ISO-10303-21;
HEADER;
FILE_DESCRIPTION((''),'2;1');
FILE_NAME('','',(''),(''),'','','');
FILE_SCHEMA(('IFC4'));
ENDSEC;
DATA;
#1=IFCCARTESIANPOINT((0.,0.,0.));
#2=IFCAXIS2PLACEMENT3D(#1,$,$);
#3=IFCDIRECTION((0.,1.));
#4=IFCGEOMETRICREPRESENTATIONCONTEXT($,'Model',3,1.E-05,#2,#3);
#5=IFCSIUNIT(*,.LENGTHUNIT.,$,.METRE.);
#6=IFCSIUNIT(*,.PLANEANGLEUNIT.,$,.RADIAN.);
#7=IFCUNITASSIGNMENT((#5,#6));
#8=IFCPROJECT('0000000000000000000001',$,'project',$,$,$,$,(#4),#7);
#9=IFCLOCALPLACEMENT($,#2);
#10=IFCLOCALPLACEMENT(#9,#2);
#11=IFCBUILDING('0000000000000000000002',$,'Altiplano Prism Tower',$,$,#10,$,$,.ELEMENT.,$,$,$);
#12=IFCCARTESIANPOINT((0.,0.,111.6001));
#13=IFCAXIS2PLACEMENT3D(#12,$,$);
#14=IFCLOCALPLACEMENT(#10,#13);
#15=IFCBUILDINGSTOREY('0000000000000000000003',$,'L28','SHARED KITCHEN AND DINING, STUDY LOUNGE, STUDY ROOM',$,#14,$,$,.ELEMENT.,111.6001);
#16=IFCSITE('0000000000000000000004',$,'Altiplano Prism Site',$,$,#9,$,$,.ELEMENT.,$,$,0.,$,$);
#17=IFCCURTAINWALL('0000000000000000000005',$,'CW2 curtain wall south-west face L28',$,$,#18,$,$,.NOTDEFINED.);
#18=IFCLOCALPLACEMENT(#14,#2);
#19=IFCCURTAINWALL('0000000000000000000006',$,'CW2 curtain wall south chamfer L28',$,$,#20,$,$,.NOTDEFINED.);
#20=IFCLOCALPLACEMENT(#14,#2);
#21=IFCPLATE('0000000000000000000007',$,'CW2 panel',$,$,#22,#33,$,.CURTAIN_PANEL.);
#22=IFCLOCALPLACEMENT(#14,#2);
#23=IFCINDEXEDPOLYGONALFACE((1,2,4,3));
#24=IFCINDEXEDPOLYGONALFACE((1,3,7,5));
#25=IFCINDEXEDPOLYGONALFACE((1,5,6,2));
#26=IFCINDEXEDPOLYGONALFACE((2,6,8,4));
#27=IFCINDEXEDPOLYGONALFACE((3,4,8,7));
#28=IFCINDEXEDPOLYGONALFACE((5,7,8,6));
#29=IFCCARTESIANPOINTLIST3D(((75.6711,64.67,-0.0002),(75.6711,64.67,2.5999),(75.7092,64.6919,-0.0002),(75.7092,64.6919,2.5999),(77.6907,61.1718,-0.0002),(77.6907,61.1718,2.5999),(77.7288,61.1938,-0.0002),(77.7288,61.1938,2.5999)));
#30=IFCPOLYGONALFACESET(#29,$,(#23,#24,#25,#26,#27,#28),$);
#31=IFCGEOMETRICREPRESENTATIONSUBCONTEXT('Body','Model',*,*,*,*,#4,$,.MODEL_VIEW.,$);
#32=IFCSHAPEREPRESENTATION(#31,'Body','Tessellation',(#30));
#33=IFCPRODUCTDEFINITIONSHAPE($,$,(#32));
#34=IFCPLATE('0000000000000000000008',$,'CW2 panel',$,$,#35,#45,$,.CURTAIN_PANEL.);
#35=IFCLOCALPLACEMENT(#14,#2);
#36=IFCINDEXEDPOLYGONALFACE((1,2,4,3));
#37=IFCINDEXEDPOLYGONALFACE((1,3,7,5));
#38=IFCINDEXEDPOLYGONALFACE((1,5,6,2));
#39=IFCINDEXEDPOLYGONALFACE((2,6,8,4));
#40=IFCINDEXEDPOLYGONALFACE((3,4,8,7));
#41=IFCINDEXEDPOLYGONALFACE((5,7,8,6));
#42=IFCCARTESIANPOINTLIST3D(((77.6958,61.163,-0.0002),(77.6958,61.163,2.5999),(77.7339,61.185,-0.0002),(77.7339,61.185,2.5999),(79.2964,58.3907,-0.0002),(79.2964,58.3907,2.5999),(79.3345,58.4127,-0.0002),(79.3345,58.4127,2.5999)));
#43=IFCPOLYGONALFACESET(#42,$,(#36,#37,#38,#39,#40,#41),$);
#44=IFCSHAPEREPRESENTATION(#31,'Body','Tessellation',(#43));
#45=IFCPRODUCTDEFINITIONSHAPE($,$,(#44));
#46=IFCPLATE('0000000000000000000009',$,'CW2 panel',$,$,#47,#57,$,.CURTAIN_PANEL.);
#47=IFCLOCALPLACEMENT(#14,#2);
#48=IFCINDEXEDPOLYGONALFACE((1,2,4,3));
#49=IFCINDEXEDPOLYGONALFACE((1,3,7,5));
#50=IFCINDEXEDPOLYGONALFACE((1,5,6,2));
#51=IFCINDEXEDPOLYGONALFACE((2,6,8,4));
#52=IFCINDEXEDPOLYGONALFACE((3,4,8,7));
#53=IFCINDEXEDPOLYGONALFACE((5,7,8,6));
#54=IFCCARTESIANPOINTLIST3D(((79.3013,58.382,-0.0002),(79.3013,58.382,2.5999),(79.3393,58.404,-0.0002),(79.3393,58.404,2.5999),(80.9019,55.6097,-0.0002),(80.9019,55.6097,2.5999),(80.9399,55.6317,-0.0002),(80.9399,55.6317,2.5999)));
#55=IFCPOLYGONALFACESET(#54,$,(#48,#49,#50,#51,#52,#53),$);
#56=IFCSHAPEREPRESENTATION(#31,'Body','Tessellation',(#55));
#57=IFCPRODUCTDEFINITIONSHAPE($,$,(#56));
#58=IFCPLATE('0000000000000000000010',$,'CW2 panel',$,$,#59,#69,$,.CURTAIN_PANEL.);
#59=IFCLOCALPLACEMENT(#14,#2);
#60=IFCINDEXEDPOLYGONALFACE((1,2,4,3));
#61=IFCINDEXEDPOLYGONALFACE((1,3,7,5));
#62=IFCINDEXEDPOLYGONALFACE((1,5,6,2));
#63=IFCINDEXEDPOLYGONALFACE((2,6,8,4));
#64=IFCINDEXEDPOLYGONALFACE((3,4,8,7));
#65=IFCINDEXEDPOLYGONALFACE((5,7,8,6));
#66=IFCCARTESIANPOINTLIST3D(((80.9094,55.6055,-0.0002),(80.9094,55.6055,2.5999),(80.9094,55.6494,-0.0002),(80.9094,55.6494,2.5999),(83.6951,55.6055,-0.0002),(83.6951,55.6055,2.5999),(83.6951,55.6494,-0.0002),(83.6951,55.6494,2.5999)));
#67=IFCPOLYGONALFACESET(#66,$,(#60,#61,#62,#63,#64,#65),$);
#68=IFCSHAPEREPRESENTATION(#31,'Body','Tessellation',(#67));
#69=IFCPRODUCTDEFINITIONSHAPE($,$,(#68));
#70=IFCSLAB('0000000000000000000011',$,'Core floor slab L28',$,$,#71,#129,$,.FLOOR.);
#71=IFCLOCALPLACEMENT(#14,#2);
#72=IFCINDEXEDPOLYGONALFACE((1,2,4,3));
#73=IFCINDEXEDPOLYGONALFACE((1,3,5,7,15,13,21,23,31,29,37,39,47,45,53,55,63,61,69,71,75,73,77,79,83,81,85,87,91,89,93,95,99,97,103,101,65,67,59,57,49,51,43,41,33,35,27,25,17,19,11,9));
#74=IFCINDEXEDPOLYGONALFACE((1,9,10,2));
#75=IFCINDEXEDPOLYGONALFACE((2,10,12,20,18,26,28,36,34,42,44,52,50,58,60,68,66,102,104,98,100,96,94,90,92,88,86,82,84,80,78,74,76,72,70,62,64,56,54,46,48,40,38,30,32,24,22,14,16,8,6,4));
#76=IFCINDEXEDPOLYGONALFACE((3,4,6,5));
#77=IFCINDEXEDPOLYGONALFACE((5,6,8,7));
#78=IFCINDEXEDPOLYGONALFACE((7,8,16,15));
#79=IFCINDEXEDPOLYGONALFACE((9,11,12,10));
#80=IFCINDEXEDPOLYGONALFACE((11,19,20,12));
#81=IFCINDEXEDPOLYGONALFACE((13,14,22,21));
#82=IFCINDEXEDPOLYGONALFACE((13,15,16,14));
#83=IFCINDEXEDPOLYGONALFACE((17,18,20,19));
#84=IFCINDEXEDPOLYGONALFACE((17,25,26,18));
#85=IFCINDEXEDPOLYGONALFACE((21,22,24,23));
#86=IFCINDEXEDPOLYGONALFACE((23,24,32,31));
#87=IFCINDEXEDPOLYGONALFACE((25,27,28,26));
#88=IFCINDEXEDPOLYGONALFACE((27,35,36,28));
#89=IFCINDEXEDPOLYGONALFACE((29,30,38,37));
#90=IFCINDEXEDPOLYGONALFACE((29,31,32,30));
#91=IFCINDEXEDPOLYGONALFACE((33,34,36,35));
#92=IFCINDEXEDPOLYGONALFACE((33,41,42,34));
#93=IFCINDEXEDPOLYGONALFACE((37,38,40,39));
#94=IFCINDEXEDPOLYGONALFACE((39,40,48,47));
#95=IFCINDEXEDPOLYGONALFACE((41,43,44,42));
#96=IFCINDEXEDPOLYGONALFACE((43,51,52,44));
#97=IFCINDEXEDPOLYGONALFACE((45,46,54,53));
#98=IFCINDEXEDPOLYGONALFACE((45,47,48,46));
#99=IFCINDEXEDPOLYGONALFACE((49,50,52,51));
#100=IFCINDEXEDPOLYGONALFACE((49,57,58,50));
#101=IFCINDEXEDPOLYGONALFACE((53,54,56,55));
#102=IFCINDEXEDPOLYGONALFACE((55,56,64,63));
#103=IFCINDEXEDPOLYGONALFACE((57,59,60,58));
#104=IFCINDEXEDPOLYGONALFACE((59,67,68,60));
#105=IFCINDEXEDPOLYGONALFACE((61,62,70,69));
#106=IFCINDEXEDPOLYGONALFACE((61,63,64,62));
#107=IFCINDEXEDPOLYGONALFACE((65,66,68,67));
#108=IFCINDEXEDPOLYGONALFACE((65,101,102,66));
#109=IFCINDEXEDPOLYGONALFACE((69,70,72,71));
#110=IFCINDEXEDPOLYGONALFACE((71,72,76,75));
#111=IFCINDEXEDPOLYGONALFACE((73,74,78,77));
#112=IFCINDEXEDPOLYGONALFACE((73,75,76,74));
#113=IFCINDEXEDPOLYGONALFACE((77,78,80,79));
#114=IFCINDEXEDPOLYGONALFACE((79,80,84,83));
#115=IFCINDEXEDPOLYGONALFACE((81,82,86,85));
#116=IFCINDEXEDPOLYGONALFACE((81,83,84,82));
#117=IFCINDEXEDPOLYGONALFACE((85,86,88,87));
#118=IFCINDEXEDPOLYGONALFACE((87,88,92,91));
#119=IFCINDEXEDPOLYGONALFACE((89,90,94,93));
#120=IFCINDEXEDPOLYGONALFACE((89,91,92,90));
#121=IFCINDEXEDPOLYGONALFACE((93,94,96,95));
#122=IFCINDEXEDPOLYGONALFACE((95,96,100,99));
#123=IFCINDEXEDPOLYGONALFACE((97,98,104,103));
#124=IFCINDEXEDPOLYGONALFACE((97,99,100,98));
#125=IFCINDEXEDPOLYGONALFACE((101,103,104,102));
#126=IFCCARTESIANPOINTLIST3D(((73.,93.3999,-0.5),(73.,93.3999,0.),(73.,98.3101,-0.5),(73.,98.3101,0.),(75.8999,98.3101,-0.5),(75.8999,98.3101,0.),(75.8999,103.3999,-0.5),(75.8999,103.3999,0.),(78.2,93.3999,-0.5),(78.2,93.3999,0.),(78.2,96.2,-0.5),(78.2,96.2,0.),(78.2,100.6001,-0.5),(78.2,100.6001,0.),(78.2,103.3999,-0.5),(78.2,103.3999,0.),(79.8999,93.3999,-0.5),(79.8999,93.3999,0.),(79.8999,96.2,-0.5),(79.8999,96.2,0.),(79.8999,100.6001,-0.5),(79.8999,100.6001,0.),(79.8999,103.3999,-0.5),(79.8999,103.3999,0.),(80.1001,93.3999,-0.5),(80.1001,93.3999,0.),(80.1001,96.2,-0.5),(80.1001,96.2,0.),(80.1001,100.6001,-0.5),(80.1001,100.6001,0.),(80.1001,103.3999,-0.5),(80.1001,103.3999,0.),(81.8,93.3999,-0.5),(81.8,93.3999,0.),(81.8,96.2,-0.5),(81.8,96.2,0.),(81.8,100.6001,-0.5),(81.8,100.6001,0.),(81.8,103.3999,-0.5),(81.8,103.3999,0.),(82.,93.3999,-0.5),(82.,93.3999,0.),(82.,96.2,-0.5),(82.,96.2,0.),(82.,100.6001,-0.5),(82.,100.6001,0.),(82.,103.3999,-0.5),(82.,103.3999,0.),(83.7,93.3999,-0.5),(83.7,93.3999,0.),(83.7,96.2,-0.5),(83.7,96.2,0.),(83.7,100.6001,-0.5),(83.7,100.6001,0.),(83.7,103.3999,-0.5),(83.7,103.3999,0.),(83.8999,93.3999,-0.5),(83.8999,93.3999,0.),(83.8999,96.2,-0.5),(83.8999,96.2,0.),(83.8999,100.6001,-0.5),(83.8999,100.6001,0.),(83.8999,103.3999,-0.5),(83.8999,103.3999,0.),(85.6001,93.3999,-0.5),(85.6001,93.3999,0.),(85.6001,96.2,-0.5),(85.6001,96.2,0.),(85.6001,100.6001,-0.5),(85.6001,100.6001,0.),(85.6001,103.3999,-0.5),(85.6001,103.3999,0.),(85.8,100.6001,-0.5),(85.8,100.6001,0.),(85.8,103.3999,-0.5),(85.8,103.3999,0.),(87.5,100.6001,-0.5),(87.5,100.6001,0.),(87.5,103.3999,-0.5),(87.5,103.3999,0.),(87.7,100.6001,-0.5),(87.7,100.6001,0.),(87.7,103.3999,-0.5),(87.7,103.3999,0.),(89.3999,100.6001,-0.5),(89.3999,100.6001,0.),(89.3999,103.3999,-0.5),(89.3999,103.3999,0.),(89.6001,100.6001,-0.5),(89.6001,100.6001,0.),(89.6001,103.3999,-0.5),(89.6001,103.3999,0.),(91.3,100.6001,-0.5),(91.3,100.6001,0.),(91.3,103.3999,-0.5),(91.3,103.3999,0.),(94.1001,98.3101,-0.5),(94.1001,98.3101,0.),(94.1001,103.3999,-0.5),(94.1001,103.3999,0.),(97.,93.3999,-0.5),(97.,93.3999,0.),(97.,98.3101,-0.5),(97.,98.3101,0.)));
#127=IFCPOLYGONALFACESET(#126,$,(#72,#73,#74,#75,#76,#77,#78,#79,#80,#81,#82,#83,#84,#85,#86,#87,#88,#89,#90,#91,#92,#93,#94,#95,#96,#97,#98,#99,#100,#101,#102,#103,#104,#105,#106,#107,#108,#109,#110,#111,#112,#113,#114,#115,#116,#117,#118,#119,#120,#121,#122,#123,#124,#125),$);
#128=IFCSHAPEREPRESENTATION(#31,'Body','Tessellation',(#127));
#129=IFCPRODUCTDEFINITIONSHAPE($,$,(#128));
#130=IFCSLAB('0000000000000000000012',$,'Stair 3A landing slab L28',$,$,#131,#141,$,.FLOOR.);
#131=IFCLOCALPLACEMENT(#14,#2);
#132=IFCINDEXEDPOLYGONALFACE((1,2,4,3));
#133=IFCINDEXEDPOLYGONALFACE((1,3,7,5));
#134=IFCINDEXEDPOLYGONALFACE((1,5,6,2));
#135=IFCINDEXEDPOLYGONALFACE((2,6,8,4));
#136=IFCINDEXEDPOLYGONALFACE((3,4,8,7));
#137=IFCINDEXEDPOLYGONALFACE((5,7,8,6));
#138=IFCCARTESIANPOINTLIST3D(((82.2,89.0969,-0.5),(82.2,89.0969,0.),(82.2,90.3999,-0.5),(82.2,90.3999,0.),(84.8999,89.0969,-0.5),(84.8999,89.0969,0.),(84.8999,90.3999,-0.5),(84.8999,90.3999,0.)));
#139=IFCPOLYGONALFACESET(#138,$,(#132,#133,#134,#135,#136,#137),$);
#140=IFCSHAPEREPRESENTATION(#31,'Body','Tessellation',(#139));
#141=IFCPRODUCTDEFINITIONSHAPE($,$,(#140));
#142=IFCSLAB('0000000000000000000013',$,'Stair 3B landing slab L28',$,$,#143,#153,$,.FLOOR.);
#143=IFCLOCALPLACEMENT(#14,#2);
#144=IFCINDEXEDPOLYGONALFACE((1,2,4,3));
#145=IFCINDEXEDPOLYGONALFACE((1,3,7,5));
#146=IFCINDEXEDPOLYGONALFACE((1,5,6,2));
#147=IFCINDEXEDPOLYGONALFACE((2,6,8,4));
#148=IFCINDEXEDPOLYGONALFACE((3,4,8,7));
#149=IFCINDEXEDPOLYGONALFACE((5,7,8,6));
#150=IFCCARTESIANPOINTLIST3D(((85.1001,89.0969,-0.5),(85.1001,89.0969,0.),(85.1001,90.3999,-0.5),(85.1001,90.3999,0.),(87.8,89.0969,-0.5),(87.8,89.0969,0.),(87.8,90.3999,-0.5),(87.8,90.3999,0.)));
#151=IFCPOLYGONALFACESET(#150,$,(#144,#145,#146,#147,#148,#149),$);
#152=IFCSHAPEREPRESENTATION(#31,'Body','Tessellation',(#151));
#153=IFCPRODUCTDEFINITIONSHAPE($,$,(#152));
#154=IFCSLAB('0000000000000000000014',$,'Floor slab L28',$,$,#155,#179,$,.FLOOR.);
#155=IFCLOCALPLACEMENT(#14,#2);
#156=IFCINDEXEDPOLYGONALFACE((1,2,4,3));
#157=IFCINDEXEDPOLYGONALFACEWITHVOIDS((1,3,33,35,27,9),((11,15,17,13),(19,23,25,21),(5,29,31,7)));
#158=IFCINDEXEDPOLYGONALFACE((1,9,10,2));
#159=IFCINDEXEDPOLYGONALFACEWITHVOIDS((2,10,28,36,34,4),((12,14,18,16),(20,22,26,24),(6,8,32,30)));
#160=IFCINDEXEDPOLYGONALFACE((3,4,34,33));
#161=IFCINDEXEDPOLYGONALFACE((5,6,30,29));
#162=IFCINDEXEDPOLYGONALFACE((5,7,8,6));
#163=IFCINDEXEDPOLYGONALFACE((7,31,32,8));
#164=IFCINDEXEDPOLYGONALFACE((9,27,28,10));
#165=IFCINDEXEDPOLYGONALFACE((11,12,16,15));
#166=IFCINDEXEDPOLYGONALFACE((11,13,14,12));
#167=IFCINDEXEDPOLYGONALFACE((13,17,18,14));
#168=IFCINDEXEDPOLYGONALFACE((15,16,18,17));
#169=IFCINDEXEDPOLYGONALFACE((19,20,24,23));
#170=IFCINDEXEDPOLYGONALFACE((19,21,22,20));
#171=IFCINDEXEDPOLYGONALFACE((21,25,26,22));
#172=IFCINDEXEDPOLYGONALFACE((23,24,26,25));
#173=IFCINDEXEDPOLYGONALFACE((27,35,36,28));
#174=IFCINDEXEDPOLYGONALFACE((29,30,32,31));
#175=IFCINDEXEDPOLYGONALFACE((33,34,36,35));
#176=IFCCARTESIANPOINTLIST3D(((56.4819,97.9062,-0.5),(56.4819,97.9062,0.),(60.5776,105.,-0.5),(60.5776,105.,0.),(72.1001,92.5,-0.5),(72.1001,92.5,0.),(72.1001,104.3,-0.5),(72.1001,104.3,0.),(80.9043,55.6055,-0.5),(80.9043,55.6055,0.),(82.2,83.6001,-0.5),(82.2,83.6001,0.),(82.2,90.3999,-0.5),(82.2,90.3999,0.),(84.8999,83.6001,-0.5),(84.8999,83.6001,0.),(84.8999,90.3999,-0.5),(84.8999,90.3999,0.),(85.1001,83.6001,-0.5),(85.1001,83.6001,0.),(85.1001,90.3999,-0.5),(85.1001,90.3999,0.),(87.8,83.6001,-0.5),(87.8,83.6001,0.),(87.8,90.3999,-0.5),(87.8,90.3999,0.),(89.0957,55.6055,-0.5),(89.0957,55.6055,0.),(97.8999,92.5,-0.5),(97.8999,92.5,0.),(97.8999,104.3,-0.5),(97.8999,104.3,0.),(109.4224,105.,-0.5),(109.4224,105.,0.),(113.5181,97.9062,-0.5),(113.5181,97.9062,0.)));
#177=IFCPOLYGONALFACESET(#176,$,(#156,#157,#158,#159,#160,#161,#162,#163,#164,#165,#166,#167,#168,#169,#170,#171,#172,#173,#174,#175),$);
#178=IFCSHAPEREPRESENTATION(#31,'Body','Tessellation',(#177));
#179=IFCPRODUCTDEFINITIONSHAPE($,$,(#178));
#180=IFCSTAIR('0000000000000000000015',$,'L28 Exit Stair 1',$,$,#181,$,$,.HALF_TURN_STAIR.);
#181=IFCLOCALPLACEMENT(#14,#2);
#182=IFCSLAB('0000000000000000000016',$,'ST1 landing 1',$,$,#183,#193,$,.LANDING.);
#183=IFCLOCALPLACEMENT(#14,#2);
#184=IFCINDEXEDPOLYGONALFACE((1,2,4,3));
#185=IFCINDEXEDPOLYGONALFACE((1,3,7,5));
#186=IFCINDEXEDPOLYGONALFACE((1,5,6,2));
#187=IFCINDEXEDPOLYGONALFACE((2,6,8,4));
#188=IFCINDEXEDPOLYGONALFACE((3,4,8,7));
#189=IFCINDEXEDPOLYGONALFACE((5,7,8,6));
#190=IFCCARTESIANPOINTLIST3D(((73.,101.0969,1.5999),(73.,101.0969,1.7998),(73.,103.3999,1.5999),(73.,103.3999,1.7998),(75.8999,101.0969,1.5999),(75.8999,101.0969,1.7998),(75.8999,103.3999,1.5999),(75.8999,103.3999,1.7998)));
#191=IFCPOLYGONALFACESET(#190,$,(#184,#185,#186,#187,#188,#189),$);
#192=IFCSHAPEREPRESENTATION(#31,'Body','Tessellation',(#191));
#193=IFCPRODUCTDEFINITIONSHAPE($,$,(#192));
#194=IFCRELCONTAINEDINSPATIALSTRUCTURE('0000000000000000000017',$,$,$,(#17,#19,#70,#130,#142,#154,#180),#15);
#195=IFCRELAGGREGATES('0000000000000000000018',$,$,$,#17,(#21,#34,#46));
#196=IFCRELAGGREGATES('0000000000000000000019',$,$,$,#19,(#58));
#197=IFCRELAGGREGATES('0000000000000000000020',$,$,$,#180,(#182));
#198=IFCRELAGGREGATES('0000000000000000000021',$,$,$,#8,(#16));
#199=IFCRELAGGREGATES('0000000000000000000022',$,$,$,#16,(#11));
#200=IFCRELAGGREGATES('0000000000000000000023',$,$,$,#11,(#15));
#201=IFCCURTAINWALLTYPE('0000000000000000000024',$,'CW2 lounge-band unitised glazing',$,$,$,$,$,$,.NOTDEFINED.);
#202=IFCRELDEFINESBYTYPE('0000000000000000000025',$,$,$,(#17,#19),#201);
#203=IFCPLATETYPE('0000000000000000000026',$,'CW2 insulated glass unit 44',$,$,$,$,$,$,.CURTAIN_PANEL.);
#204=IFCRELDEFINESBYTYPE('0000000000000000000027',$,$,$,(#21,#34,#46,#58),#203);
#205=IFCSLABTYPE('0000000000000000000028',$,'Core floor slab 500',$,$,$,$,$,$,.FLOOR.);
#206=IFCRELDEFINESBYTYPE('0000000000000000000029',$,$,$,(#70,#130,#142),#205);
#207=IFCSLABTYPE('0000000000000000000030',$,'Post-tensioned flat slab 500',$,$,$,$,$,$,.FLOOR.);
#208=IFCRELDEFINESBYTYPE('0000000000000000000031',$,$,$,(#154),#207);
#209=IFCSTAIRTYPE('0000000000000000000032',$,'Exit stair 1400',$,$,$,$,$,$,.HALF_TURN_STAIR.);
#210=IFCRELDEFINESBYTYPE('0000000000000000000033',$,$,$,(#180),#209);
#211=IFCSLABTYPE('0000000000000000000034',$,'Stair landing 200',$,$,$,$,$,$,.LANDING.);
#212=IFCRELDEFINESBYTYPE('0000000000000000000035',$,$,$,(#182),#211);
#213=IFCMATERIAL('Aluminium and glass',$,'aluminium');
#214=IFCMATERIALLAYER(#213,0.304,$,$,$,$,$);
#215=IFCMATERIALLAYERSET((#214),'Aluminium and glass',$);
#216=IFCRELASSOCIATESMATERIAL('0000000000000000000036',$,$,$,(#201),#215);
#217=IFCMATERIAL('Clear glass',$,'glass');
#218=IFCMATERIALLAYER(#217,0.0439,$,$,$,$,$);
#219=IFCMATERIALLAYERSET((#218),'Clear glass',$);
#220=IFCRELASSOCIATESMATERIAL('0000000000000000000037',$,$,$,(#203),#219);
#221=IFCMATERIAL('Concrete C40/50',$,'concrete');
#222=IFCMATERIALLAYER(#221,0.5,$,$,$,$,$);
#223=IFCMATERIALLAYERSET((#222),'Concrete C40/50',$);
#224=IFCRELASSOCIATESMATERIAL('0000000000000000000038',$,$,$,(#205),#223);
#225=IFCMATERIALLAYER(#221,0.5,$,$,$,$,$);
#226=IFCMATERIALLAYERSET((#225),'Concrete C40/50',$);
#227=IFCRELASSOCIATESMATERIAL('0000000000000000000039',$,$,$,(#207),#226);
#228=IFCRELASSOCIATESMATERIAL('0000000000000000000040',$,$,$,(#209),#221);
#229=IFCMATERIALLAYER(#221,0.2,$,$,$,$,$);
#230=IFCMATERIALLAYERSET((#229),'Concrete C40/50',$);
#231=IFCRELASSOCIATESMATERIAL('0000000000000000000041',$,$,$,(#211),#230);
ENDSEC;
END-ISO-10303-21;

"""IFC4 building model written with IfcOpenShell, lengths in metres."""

from ifc_helpers import new_model, si_unit, direction, frame, origin, origin_2d, place, context, subcontext, project, spatial, polyline, rectangle, outline, extrude, material, layer, layer_set, type_object, element, aggregate, save


model = new_model("IFC4")

# Units and contexts
model_context = context("Model", 3, precision=1e-05, world=origin(), true_north=direction((0.0, 1.0)))
body_context = subcontext(model_context, "Body", "Model", "MODEL_VIEW")
ifc_project = project(units=[si_unit("LENGTHUNIT", "METRE"), si_unit("PLANEANGLEUNIT", "RADIAN")], contexts=[model_context])

# Site, building, storey
site_placement = place(None, origin())
site = spatial("IfcSite", under=ifc_project, at=site_placement, Name="Altiplano Prism Site", CompositionType="ELEMENT", RefElevation=0.0)
building_placement = place(site_placement, origin())
building = spatial("IfcBuilding", under=site, at=building_placement, Name="Altiplano Prism Tower", CompositionType="ELEMENT")
storey_placement = place(building_placement, frame((0.0, 0.0, 111.6001)))
storey = spatial("IfcBuildingStorey", under=building, at=storey_placement, Name="L28", Description="SHARED KITCHEN AND DINING, STUDY LOUNGE, STUDY ROOM", CompositionType="ELEMENT", Elevation=111.6001)

# Curtain wall
ifc_material_1 = material(Name="Aluminium and glass", Category="aluminium")
ifc_layer_1 = layer(ifc_material_1, 0.304)
ifc_layer_set_1 = layer_set([ifc_layer_1], Name="Aluminium and glass")
curtain_wall_type = type_object("IfcCurtainWallType", Name="CW2 lounge-band unitised glazing", PredefinedType="NOTDEFINED", material=ifc_layer_set_1)
curtain_wall_1_placement = place(storey_placement, origin())
curtain_wall_1 = element("IfcCurtainWall", 1, at=curtain_wall_1_placement, inside=storey, type_object=curtain_wall_type, Name="CW2 curtain wall south-west face L28", PredefinedType="NOTDEFINED")

# Curtain wall
curtain_wall_2_placement = place(storey_placement, origin())
curtain_wall_2 = element("IfcCurtainWall", 2, at=curtain_wall_2_placement, inside=storey, type_object=curtain_wall_type, Name="CW2 curtain wall south chamfer L28", PredefinedType="NOTDEFINED")

# Plates
ifc_material_2 = material(Name="Clear glass", Category="glass")
ifc_layer_2 = layer(ifc_material_2, 0.0439)
ifc_layer_set_2 = layer_set([ifc_layer_2], Name="Clear glass")
plate_type = type_object("IfcPlateType", Name="CW2 insulated glass unit 44", PredefinedType="CURTAIN_PANEL", material=ifc_layer_set_2)
plate_1_placement = place(storey_placement, frame((76.7, 62.9319, -0.0002), z_axis=(0.0, 0.0, 1.0), x_axis=(0.5, -0.866025, 0.0)))
plate_1 = element("IfcPlate", 3, at=plate_1_placement, type_object=plate_type, Name="CW2 panel", PredefinedType="CURTAIN_PANEL", context=body_context, shape_type="SweptSolid", body=[
    extrude(rectangle(XDim=4.0393, YDim=0.0439, at=origin_2d()), origin(), (0.0, 0.0, 1.0), 2.6001),
])
plate_2_placement = place(storey_placement, frame((78.5151, 59.7878, -0.0002), z_axis=(0.0, 0.0, 1.0), x_axis=(0.5, -0.866025, 0.0)))
plate_2 = element("IfcPlate", 4, at=plate_2_placement, type_object=plate_type, Name="CW2 panel", PredefinedType="CURTAIN_PANEL", context=body_context, shape_type="SweptSolid", body=[
    extrude(rectangle(XDim=3.2012, YDim=0.0439, at=origin_2d()), origin(), (0.0, 0.0, 1.0), 2.6001),
])
plate_3_placement = place(storey_placement, frame((80.1206, 57.0068, -0.0002), z_axis=(0.0, 0.0, 1.0), x_axis=(0.5, -0.866025, 0.0)))
plate_3 = element("IfcPlate", 5, at=plate_3_placement, type_object=plate_type, Name="CW2 panel", PredefinedType="CURTAIN_PANEL", context=body_context, shape_type="SweptSolid", body=[
    extrude(rectangle(XDim=3.2012, YDim=0.0439, at=origin_2d()), origin(), (0.0, 0.0, 1.0), 2.6001),
])
aggregate(curtain_wall_1, [plate_1, plate_2, plate_3])
plate_4_placement = place(storey_placement, frame((82.3022, 55.6274, -0.0002), z_axis=(0.0, 0.0, 1.0), x_axis=(1.0, 0.0, 0.0)))
plate_4 = element("IfcPlate", 6, at=plate_4_placement, type_object=plate_type, Name="CW2 panel", PredefinedType="CURTAIN_PANEL", context=body_context, shape_type="SweptSolid", body=[
    extrude(rectangle(XDim=2.7856, YDim=0.0439, at=origin_2d()), origin(), (0.0, 0.0, 1.0), 2.6001),
])
aggregate(curtain_wall_2, [plate_4])

# Slabs
ifc_material_3 = material(Name="Concrete C40/50", Category="concrete")
ifc_layer_3 = layer(ifc_material_3, 0.5)
ifc_layer_set_3 = layer_set([ifc_layer_3], Name="Concrete C40/50")
slab_type_1 = type_object("IfcSlabType", Name="Core floor slab 500", PredefinedType="FLOOR", material=ifc_layer_set_3)
slab_1_placement = place(storey_placement, frame((0.0, 0.0, -0.5)))
element("IfcSlab", 7, at=slab_1_placement, inside=storey, type_object=slab_type_1, Name="Core floor slab L28", PredefinedType="FLOOR", context=body_context, shape_type="SweptSolid", body=[
    extrude(outline(polyline([(97.0, 98.3101), (94.1001, 98.3101), (94.1001, 103.3999), (91.3, 103.3999), (91.3, 100.6001), (89.6001, 100.6001), (89.6001, 103.3999), (89.3999, 103.3999), (89.3999, 100.6001), (87.7, 100.6001), (87.7, 103.3999), (87.5, 103.3999), (87.5, 100.6001), (85.8, 100.6001), (85.8, 103.3999), (85.6001, 103.3999), (85.6001, 100.6001), (83.8999, 100.6001), (83.8999, 103.3999), (83.7, 103.3999), (83.7, 100.6001), (82.0, 100.6001), (82.0, 103.3999), (81.8, 103.3999), (81.8, 100.6001), (80.1001, 100.6001), (80.1001, 103.3999), (79.8999, 103.3999), (79.8999, 100.6001), (78.2, 100.6001), (78.2, 103.3999), (75.8999, 103.3999), (75.8999, 98.3101), (73.0, 98.3101), (73.0, 93.3999), (78.2, 93.3999), (78.2, 96.2), (79.8999, 96.2), (79.8999, 93.3999), (80.1001, 93.3999), (80.1001, 96.2), (81.8, 96.2), (81.8, 93.3999), (82.0, 93.3999), (82.0, 96.2), (83.7, 96.2), (83.7, 93.3999), (83.8999, 93.3999), (83.8999, 96.2), (85.6001, 96.2), (85.6001, 93.3999), (97.0, 93.3999), (97.0, 98.3101)])), origin(), (0.0, 0.0, 1.0), 0.5),
])
slab_2_placement = place(storey_placement, frame((0.0, 0.0, -0.5)))
element("IfcSlab", 8, at=slab_2_placement, inside=storey, type_object=slab_type_1, Name="Stair 3A landing slab L28", PredefinedType="FLOOR", context=body_context, shape_type="SweptSolid", body=[
    extrude(outline(polyline([(82.2, 89.0969), (84.8999, 89.0969), (84.8999, 90.3999), (82.2, 90.3999), (82.2, 89.0969)])), origin(), (0.0, 0.0, 1.0), 0.5),
])
slab_3_placement = place(storey_placement, frame((0.0, 0.0, -0.5)))
element("IfcSlab", 9, at=slab_3_placement, inside=storey, type_object=slab_type_1, Name="Stair 3B landing slab L28", PredefinedType="FLOOR", context=body_context, shape_type="SweptSolid", body=[
    extrude(outline(polyline([(85.1001, 89.0969), (87.8, 89.0969), (87.8, 90.3999), (85.1001, 90.3999), (85.1001, 89.0969)])), origin(), (0.0, 0.0, 1.0), 0.5),
])
ifc_layer_4 = layer(ifc_material_3, 0.5)
ifc_layer_set_4 = layer_set([ifc_layer_4], Name="Concrete C40/50")
slab_type_2 = type_object("IfcSlabType", Name="Post-tensioned flat slab 500", PredefinedType="FLOOR", material=ifc_layer_set_4)
slab_4_placement = place(storey_placement, frame((0.0, 0.0, -0.5)))
element("IfcSlab", 10, at=slab_4_placement, inside=storey, type_object=slab_type_2, Name="Floor slab L28", PredefinedType="FLOOR", context=body_context, shape_type="SweptSolid", body=[
    extrude(outline(polyline([(80.9043, 55.6055), (56.4819, 97.9062), (60.5776, 105.0), (109.4224, 105.0), (113.5181, 97.9062), (89.0957, 55.6055), (80.9043, 55.6055)]), holes=[polyline([(72.1001, 104.3), (72.1001, 92.5), (97.8999, 92.5), (97.8999, 104.3), (72.1001, 104.3)]), polyline([(84.8999, 90.3999), (82.2, 90.3999), (82.2, 83.6001), (84.8999, 83.6001), (84.8999, 90.3999)]), polyline([(87.8, 83.6001), (87.8, 90.3999), (85.1001, 90.3999), (85.1001, 83.6001), (87.8, 83.6001)])]), origin(), (0.0, 0.0, 1.0), 0.5),
])

# Stair, slab
stair_type_1 = type_object("IfcStairType", Name="Exit stair 1400", PredefinedType="HALF_TURN_STAIR", material=ifc_material_3)
stair_1_placement = place(storey_placement, origin())
stair_1 = element("IfcStair", 11, at=stair_1_placement, inside=storey, type_object=stair_type_1, Name="L28 Exit Stair 1", PredefinedType="HALF_TURN_STAIR")
ifc_layer_5 = layer(ifc_material_3, 0.2)
ifc_layer_set_5 = layer_set([ifc_layer_5], Name="Concrete C40/50")
slab_type_3 = type_object("IfcSlabType", Name="Stair landing 200", PredefinedType="LANDING", material=ifc_layer_set_5)
slab_5_placement = place(storey_placement, frame((0.0, 0.0, 1.5999)))
slab_5 = element("IfcSlab", 12, at=slab_5_placement, type_object=slab_type_3, Name="ST1 landing 1", PredefinedType="LANDING", context=body_context, shape_type="SweptSolid", body=[
    extrude(outline(polyline([(75.8999, 101.0969), (75.8999, 103.3999), (73.0, 103.3999), (73.0, 101.0969), (75.8999, 101.0969)])), origin(), (0.0, 0.0, 1.0), 0.2),
])
aggregate(stair_1, [slab_5])

save(model, "model.ifc")
